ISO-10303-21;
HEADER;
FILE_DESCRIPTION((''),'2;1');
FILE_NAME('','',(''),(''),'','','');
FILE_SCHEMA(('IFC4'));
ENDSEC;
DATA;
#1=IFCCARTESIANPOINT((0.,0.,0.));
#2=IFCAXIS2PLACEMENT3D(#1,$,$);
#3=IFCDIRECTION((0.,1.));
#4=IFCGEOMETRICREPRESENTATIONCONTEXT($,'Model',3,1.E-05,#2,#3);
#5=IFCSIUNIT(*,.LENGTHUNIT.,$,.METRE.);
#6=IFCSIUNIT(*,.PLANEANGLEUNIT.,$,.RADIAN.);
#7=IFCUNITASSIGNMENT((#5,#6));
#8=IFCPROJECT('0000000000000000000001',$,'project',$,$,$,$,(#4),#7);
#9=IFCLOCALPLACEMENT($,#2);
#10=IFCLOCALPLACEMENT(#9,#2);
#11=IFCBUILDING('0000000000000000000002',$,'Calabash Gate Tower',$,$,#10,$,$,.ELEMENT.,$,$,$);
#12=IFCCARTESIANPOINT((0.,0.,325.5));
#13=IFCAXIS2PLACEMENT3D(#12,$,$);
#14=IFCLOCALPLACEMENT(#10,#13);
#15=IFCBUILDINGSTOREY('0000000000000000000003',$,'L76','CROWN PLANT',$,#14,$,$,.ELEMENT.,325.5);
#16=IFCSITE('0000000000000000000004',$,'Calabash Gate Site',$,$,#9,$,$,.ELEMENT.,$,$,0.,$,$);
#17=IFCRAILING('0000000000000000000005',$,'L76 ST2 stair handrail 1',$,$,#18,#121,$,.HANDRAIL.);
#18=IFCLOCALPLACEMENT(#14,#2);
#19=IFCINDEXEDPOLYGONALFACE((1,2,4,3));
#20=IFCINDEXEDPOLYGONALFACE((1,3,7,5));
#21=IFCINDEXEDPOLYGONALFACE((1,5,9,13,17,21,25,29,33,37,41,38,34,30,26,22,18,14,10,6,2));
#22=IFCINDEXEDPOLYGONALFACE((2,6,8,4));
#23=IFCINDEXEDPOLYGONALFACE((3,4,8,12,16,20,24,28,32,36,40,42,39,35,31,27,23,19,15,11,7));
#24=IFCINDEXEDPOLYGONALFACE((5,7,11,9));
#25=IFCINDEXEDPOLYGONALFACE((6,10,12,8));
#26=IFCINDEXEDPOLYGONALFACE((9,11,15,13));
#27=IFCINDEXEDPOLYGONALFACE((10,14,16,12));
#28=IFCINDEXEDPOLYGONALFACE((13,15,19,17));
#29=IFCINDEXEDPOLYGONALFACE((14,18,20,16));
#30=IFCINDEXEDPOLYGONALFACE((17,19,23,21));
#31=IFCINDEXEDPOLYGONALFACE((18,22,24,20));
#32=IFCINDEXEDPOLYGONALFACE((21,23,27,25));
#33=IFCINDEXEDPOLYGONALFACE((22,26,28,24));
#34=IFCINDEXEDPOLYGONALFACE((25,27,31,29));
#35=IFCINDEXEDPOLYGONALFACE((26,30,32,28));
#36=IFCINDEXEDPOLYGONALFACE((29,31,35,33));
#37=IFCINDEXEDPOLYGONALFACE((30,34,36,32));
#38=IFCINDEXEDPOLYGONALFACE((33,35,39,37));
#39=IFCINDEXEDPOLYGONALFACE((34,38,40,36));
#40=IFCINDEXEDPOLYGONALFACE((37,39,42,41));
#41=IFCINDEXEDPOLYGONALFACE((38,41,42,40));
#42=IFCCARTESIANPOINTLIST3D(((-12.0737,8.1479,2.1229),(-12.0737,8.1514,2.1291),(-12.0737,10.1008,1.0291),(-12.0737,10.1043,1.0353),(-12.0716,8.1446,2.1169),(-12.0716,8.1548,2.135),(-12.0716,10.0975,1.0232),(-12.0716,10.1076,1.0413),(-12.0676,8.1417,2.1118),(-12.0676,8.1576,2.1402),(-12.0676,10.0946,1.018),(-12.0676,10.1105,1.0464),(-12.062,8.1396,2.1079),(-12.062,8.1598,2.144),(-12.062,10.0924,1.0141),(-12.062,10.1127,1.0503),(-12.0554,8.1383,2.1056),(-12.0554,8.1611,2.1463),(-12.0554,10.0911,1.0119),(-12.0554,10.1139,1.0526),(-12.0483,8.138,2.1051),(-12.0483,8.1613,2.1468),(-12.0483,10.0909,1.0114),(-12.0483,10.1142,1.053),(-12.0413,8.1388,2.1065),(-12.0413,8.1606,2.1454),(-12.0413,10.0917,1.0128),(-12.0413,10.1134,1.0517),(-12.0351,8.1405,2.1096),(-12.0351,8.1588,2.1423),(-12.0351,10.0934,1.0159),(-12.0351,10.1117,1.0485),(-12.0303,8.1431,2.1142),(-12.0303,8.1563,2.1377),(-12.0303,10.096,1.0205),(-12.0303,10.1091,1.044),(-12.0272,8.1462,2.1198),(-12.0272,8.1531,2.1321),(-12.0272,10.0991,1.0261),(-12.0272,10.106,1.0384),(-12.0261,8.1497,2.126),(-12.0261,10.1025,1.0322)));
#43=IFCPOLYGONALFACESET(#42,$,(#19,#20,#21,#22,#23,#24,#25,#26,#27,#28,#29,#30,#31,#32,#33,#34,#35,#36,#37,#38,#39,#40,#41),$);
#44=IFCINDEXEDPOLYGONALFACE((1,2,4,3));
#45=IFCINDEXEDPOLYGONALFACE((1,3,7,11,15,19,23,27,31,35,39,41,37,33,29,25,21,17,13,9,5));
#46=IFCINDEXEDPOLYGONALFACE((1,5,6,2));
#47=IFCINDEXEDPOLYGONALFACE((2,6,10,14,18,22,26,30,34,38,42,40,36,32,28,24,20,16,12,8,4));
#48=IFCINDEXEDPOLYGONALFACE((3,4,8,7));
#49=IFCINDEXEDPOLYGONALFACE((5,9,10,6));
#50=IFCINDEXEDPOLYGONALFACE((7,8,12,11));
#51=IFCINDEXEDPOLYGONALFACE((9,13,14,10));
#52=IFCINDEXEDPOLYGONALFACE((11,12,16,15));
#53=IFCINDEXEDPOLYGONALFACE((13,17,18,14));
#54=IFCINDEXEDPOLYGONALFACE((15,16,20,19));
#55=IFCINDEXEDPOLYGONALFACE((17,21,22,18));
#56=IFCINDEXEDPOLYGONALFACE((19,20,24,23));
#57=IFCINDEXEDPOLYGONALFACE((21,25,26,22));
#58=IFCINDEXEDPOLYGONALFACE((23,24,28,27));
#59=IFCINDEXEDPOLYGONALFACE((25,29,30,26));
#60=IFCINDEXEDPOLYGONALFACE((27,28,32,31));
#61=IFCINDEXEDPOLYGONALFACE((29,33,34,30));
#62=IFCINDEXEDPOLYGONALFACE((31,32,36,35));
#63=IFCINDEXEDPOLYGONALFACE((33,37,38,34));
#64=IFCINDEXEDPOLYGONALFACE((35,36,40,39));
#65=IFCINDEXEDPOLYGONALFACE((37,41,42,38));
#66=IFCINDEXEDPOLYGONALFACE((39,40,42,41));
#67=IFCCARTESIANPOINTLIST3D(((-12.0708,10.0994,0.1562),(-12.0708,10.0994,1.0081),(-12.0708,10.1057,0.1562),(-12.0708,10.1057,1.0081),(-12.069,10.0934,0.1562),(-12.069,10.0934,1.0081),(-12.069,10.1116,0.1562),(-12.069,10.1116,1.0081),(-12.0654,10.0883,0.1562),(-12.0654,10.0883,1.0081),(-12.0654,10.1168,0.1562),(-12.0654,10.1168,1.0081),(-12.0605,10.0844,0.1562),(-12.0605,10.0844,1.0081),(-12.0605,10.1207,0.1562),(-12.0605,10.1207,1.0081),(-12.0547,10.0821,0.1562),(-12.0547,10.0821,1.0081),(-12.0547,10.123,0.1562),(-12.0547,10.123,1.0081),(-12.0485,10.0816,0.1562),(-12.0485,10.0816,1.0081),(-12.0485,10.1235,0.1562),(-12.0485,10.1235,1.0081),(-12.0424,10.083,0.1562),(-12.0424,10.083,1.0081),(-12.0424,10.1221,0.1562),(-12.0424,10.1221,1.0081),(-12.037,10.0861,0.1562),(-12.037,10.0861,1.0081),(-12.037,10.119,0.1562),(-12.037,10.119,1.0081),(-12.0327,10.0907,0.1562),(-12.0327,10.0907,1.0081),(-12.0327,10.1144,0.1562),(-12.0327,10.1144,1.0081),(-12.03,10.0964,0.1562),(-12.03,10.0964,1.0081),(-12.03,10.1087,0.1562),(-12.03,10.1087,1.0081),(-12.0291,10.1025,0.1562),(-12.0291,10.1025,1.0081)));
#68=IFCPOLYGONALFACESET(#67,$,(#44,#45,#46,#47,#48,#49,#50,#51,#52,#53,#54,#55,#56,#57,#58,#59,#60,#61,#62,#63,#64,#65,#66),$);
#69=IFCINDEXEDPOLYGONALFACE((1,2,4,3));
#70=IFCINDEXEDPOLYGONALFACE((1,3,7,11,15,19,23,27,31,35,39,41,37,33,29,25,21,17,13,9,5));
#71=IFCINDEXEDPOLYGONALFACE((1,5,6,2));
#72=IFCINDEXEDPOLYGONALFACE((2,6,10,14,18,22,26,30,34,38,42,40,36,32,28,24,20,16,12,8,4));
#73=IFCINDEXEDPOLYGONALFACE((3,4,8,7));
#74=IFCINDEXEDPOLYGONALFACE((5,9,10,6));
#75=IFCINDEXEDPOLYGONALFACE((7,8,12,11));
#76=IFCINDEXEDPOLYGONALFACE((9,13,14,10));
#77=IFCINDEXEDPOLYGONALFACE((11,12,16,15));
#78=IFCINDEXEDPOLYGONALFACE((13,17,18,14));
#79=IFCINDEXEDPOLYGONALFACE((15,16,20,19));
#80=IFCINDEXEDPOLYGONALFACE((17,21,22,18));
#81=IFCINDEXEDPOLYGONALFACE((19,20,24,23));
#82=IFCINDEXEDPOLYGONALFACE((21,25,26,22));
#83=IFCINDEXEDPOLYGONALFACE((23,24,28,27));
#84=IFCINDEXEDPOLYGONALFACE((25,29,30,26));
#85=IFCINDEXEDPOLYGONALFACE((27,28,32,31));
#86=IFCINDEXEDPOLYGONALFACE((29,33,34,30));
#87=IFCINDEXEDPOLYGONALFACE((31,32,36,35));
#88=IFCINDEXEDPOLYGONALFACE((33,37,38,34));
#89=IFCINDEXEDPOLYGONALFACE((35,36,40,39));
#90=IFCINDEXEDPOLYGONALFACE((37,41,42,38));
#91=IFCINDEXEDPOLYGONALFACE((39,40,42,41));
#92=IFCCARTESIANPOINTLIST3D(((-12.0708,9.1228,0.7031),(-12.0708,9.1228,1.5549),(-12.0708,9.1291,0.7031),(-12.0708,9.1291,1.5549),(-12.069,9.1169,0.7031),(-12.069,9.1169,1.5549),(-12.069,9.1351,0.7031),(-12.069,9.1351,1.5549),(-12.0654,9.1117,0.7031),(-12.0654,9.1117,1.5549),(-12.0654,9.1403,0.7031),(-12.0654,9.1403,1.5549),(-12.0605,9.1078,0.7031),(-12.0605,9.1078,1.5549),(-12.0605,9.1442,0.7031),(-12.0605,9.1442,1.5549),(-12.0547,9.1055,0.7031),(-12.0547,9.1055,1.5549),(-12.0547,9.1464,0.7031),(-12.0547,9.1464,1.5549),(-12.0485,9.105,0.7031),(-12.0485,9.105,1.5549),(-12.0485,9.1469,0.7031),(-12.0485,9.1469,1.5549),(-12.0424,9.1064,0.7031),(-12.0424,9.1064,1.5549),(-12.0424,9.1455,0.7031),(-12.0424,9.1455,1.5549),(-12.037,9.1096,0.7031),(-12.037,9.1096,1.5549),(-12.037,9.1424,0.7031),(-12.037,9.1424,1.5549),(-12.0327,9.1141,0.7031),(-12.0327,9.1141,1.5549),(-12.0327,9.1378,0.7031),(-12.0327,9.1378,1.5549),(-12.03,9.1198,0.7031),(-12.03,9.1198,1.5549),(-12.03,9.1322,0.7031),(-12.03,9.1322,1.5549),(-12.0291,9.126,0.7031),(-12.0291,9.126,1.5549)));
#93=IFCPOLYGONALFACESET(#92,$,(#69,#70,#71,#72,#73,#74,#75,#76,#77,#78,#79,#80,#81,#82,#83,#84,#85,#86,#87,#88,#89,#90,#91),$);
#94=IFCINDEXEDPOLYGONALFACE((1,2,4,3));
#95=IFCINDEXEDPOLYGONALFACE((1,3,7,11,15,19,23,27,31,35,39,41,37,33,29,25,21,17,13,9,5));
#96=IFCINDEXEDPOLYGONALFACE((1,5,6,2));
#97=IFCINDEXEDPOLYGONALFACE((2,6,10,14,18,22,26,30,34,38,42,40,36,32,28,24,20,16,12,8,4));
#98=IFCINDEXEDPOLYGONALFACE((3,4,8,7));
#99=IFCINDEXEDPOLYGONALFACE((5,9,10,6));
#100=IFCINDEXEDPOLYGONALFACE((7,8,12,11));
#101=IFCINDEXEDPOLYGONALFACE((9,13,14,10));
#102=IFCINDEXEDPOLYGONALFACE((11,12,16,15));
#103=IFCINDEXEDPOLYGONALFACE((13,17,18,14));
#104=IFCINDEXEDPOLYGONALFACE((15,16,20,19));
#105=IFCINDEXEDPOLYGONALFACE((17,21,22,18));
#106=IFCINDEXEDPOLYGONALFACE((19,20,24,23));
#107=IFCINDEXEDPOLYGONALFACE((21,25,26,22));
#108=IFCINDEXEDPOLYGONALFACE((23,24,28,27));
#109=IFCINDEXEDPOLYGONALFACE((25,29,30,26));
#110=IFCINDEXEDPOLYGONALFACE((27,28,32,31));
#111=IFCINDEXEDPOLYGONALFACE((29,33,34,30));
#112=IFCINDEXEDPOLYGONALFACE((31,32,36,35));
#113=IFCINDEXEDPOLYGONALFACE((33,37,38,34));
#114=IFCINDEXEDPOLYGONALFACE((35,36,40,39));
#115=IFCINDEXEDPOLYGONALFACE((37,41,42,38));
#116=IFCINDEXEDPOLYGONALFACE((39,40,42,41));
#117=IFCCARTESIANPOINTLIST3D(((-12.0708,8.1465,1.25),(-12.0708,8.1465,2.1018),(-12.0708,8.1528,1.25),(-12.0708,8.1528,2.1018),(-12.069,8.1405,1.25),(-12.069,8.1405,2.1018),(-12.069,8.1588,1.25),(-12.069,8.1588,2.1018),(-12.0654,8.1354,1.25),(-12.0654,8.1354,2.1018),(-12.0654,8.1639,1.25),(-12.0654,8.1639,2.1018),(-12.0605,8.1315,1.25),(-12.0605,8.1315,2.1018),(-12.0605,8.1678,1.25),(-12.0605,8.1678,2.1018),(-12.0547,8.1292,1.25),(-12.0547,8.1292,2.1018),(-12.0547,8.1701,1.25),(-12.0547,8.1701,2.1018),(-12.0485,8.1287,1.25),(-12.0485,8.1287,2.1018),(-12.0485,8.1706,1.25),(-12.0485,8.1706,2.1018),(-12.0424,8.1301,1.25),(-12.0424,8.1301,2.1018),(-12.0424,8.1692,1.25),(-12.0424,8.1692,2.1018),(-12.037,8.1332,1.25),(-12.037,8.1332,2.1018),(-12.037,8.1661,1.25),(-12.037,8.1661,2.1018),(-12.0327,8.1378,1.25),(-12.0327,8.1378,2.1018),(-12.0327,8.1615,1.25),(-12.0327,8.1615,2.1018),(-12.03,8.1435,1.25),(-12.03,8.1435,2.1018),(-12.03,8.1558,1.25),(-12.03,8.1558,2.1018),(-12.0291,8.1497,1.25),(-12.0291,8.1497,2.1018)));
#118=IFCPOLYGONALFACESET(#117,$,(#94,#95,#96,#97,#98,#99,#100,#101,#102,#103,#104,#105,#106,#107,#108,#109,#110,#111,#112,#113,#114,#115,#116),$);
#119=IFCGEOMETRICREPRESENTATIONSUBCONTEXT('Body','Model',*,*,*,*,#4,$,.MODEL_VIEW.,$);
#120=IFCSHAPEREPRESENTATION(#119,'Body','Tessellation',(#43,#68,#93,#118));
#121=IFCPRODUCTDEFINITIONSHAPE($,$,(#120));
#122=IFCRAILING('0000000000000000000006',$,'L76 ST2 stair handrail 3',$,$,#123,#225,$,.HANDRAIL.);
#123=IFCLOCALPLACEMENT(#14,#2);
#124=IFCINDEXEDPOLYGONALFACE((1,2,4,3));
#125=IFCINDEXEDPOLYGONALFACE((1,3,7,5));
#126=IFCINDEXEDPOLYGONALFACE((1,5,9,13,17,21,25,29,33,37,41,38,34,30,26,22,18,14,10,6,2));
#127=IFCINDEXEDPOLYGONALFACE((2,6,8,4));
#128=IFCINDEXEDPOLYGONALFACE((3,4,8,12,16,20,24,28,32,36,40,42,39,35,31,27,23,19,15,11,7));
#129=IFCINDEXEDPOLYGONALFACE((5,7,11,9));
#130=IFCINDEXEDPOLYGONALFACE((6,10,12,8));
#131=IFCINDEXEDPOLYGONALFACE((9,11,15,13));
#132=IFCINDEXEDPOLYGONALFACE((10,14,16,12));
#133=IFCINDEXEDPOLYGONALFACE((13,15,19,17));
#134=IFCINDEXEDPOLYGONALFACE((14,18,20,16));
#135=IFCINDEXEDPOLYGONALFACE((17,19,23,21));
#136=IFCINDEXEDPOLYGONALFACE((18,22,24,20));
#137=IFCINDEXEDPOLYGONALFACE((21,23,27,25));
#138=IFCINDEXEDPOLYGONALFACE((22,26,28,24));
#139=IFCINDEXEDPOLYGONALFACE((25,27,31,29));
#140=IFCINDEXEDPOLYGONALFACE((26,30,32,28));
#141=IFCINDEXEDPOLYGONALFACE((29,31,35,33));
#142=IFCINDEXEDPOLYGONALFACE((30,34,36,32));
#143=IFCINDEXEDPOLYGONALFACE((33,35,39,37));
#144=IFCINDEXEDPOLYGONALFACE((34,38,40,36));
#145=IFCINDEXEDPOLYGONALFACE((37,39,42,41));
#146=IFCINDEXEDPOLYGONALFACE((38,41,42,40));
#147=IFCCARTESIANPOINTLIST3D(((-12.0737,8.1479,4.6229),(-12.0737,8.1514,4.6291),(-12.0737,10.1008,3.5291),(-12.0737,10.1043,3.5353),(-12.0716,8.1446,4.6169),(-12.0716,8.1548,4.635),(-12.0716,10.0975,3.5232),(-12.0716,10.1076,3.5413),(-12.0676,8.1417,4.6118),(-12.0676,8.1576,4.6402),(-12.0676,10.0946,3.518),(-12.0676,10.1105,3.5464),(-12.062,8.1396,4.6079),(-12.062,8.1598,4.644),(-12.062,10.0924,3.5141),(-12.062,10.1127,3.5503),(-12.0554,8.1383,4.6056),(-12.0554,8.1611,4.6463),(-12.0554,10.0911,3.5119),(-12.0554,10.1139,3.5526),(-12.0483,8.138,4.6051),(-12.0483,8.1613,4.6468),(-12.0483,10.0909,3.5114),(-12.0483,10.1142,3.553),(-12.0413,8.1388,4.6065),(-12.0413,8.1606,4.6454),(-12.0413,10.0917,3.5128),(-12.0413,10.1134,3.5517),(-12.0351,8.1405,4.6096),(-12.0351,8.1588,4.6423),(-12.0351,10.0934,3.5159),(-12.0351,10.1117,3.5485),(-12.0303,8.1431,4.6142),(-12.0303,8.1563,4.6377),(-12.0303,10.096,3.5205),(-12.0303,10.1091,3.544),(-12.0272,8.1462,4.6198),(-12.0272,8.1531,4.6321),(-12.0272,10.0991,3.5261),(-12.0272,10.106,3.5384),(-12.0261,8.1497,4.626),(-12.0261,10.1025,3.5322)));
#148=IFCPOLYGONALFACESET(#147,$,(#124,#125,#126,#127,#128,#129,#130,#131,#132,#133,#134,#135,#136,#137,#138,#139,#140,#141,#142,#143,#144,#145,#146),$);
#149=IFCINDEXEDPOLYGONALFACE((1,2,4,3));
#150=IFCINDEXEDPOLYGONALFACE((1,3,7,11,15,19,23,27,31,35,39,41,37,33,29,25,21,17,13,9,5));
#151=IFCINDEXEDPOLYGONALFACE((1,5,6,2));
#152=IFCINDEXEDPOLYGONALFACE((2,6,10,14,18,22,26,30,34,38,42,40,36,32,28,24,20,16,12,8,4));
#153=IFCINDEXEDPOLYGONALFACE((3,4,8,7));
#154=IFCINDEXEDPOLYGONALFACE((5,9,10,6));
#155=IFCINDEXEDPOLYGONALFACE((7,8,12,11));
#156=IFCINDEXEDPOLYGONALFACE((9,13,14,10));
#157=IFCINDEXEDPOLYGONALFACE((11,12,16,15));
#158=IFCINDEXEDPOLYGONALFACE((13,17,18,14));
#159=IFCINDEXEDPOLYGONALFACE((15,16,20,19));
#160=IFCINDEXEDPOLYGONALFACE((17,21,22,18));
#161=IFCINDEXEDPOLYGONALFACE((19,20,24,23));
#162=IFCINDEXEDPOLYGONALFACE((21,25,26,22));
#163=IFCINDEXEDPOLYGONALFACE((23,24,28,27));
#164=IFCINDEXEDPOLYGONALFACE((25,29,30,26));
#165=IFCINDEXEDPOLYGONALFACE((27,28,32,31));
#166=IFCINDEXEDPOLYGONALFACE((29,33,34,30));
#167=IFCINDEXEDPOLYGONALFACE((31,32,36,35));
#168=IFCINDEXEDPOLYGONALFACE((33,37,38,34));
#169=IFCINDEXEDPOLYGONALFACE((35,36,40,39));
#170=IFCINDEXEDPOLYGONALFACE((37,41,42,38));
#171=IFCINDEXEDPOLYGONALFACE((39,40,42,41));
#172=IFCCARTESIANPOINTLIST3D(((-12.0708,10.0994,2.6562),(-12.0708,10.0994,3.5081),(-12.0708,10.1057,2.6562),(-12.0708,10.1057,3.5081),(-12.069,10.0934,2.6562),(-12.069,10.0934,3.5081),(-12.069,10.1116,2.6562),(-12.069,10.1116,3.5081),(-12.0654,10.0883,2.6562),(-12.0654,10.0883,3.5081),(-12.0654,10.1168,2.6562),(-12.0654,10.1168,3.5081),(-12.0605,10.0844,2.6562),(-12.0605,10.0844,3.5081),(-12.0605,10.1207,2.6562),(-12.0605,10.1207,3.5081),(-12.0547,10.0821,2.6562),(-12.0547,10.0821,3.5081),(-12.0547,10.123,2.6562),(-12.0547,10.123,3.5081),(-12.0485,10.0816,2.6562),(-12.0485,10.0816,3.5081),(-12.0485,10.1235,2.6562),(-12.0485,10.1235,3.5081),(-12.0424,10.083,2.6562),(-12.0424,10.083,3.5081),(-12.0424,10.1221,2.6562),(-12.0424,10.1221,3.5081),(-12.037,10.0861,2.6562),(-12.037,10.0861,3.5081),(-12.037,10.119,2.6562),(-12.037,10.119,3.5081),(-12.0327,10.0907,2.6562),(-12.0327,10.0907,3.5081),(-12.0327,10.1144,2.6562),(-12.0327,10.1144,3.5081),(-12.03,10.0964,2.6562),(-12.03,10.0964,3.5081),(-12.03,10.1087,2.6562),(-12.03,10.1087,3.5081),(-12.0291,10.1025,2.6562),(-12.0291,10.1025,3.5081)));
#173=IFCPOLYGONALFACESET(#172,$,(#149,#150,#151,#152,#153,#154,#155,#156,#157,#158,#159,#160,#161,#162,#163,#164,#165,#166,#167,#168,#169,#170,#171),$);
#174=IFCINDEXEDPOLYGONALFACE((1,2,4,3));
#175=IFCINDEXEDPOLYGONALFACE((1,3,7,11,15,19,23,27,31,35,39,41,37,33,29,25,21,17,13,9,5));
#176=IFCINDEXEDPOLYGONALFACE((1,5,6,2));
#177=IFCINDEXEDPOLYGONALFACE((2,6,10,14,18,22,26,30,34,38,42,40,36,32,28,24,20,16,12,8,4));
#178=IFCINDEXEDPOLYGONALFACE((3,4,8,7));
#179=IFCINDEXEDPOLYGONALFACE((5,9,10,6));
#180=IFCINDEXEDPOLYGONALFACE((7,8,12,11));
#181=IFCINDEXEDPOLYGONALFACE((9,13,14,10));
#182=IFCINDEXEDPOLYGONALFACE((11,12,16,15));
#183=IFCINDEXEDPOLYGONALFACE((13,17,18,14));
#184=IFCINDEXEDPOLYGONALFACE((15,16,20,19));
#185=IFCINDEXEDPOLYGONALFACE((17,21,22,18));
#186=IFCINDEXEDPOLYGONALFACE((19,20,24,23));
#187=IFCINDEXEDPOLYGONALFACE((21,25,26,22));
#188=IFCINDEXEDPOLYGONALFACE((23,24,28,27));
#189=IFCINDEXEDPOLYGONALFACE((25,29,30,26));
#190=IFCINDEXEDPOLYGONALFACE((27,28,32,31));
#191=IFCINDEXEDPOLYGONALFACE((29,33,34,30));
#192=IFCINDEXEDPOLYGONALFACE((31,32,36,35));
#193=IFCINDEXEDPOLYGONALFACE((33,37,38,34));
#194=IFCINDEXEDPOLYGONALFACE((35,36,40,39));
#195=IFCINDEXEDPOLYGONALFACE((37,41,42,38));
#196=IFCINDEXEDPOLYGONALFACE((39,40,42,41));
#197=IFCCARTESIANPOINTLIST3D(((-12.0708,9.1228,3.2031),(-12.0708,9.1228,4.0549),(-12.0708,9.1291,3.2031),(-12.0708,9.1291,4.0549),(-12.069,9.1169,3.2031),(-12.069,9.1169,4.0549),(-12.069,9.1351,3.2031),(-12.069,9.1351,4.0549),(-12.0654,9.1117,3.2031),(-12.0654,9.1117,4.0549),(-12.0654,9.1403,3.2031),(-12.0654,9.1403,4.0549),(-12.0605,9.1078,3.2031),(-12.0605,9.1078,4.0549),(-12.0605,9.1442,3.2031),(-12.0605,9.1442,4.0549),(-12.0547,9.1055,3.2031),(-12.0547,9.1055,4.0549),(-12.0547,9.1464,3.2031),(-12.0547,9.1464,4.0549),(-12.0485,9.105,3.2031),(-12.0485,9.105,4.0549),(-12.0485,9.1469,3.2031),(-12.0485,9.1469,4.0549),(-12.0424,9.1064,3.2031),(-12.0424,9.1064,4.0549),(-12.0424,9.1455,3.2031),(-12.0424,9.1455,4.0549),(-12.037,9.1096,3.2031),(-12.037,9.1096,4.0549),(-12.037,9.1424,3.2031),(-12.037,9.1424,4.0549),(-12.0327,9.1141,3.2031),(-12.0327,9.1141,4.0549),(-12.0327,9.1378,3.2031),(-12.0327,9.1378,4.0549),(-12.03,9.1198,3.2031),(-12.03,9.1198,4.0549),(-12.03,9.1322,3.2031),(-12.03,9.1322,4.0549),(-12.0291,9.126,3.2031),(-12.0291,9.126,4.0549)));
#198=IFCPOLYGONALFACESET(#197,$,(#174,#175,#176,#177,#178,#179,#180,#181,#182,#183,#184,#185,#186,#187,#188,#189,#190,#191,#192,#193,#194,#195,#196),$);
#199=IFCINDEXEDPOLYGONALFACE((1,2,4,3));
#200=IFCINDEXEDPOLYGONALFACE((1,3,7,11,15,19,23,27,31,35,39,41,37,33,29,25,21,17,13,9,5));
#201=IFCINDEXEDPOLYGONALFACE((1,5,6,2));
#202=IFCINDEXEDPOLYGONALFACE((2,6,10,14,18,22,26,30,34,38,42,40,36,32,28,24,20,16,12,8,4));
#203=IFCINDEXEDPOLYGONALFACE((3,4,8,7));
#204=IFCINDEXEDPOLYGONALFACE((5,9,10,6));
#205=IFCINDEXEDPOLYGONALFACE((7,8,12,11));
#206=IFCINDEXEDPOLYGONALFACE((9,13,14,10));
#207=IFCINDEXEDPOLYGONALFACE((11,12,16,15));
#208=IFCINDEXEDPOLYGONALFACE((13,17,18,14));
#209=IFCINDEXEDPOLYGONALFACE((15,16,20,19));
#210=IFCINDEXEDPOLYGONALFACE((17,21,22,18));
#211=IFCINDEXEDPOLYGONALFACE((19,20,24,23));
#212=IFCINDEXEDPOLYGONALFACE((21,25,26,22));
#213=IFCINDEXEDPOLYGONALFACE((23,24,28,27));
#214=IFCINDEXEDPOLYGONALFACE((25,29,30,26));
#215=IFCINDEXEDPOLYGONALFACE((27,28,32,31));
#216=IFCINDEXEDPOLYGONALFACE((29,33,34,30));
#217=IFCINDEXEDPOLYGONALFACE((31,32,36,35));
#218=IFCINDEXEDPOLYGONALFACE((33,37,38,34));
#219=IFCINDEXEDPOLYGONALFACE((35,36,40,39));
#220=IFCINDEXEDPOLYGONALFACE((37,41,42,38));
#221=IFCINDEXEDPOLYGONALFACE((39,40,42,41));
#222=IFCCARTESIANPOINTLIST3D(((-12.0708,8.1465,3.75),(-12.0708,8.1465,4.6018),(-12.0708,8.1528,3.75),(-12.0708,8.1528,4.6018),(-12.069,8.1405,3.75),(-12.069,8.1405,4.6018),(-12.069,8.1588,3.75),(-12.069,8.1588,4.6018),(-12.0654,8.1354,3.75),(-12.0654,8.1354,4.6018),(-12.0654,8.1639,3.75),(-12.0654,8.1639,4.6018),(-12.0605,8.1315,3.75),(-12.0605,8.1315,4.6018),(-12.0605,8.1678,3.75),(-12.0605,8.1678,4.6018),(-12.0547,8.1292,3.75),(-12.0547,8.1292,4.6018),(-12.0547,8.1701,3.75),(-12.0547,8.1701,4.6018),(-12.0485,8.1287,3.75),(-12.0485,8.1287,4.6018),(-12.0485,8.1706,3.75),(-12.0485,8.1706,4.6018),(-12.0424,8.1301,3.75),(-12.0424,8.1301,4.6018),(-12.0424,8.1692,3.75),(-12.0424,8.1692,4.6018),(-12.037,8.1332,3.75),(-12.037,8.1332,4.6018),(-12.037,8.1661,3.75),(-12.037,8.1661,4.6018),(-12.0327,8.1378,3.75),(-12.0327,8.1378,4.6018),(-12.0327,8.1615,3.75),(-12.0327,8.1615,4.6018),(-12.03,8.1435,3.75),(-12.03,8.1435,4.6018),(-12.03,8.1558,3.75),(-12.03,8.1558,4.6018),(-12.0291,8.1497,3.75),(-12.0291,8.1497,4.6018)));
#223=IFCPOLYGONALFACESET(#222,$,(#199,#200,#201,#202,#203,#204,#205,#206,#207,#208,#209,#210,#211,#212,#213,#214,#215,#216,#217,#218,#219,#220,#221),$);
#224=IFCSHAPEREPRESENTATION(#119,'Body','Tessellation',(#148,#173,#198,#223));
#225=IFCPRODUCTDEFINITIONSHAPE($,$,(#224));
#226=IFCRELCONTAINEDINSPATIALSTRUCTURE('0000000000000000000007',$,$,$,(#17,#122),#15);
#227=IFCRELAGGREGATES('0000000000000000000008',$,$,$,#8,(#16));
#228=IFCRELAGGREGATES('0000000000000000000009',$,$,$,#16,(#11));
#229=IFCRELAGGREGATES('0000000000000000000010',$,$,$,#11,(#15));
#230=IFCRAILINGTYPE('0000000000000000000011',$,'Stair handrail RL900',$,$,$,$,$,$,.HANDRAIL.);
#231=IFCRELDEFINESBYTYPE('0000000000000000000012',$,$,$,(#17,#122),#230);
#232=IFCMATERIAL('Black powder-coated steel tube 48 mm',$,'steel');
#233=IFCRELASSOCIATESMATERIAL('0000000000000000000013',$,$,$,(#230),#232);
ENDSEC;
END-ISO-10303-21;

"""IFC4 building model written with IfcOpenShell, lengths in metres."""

from ifc_helpers import new_model, si_unit, direction, frame, origin, origin_2d, place, context, subcontext, project, spatial, circle, extrude, material, type_object, element, save


model = new_model("IFC4")

# Units and contexts
model_context = context("Model", 3, precision=1e-05, world=origin(), true_north=direction((0.0, 1.0)))
body_context = subcontext(model_context, "Body", "Model", "MODEL_VIEW")
ifc_project = project(units=[si_unit("LENGTHUNIT", "METRE"), si_unit("PLANEANGLEUNIT", "RADIAN")], contexts=[model_context])

# Site, building, storey
site_placement = place(None, origin())
site = spatial("IfcSite", under=ifc_project, at=site_placement, Name="Calabash Gate Site", CompositionType="ELEMENT", RefElevation=0.0)
building_placement = place(site_placement, origin())
building = spatial("IfcBuilding", under=site, at=building_placement, Name="Calabash Gate Tower", CompositionType="ELEMENT")
storey_placement = place(building_placement, frame((0.0, 0.0, 325.5)))
storey = spatial("IfcBuildingStorey", under=building, at=storey_placement, Name="L76", Description="CROWN PLANT", CompositionType="ELEMENT", Elevation=325.5)

# Railings
ifc_material_1 = material(Name="Black powder-coated steel tube 48 mm", Category="steel")
railing_type = type_object("IfcRailingType", Name="Stair handrail RL900", PredefinedType="HANDRAIL", material=ifc_material_1)
for number, where, name in (
    (1, (-12.05, 10.1025, 0.1562), "L76 ST2 stair handrail 1"),
    (2, (-12.05, 10.1025, 2.6562), "L76 ST2 stair handrail 3"),
):
    element("IfcRailing", number, at=place(storey_placement, frame(where)), inside=storey, type_object=railing_type, Name=name, PredefinedType="HANDRAIL", context=body_context, shape_type="SweptSolid", body=[
        extrude(circle(Radius=0.0239, at=origin_2d()), frame((0.0, 0.0, 0.876), z_axis=(0.0, -0.87248, 0.48865), x_axis=(1.0, 0.0, 0.0)), (0.0, 0.0, 1.0), 2.2383),
        extrude(circle(Radius=0.021, at=origin_2d()), origin(), (0.0, 0.0, 1.0), 0.8518),
        extrude(circle(Radius=0.021, at=origin_2d()), frame((0.0, -0.9766, 0.5469)), (0.0, 0.0, 1.0), 0.8518),
        extrude(circle(Radius=0.021, at=origin_2d()), frame((0.0, -1.9529, 1.0938)), (0.0, 0.0, 1.0), 0.8518),
    ])

save(model, "model.ifc")
